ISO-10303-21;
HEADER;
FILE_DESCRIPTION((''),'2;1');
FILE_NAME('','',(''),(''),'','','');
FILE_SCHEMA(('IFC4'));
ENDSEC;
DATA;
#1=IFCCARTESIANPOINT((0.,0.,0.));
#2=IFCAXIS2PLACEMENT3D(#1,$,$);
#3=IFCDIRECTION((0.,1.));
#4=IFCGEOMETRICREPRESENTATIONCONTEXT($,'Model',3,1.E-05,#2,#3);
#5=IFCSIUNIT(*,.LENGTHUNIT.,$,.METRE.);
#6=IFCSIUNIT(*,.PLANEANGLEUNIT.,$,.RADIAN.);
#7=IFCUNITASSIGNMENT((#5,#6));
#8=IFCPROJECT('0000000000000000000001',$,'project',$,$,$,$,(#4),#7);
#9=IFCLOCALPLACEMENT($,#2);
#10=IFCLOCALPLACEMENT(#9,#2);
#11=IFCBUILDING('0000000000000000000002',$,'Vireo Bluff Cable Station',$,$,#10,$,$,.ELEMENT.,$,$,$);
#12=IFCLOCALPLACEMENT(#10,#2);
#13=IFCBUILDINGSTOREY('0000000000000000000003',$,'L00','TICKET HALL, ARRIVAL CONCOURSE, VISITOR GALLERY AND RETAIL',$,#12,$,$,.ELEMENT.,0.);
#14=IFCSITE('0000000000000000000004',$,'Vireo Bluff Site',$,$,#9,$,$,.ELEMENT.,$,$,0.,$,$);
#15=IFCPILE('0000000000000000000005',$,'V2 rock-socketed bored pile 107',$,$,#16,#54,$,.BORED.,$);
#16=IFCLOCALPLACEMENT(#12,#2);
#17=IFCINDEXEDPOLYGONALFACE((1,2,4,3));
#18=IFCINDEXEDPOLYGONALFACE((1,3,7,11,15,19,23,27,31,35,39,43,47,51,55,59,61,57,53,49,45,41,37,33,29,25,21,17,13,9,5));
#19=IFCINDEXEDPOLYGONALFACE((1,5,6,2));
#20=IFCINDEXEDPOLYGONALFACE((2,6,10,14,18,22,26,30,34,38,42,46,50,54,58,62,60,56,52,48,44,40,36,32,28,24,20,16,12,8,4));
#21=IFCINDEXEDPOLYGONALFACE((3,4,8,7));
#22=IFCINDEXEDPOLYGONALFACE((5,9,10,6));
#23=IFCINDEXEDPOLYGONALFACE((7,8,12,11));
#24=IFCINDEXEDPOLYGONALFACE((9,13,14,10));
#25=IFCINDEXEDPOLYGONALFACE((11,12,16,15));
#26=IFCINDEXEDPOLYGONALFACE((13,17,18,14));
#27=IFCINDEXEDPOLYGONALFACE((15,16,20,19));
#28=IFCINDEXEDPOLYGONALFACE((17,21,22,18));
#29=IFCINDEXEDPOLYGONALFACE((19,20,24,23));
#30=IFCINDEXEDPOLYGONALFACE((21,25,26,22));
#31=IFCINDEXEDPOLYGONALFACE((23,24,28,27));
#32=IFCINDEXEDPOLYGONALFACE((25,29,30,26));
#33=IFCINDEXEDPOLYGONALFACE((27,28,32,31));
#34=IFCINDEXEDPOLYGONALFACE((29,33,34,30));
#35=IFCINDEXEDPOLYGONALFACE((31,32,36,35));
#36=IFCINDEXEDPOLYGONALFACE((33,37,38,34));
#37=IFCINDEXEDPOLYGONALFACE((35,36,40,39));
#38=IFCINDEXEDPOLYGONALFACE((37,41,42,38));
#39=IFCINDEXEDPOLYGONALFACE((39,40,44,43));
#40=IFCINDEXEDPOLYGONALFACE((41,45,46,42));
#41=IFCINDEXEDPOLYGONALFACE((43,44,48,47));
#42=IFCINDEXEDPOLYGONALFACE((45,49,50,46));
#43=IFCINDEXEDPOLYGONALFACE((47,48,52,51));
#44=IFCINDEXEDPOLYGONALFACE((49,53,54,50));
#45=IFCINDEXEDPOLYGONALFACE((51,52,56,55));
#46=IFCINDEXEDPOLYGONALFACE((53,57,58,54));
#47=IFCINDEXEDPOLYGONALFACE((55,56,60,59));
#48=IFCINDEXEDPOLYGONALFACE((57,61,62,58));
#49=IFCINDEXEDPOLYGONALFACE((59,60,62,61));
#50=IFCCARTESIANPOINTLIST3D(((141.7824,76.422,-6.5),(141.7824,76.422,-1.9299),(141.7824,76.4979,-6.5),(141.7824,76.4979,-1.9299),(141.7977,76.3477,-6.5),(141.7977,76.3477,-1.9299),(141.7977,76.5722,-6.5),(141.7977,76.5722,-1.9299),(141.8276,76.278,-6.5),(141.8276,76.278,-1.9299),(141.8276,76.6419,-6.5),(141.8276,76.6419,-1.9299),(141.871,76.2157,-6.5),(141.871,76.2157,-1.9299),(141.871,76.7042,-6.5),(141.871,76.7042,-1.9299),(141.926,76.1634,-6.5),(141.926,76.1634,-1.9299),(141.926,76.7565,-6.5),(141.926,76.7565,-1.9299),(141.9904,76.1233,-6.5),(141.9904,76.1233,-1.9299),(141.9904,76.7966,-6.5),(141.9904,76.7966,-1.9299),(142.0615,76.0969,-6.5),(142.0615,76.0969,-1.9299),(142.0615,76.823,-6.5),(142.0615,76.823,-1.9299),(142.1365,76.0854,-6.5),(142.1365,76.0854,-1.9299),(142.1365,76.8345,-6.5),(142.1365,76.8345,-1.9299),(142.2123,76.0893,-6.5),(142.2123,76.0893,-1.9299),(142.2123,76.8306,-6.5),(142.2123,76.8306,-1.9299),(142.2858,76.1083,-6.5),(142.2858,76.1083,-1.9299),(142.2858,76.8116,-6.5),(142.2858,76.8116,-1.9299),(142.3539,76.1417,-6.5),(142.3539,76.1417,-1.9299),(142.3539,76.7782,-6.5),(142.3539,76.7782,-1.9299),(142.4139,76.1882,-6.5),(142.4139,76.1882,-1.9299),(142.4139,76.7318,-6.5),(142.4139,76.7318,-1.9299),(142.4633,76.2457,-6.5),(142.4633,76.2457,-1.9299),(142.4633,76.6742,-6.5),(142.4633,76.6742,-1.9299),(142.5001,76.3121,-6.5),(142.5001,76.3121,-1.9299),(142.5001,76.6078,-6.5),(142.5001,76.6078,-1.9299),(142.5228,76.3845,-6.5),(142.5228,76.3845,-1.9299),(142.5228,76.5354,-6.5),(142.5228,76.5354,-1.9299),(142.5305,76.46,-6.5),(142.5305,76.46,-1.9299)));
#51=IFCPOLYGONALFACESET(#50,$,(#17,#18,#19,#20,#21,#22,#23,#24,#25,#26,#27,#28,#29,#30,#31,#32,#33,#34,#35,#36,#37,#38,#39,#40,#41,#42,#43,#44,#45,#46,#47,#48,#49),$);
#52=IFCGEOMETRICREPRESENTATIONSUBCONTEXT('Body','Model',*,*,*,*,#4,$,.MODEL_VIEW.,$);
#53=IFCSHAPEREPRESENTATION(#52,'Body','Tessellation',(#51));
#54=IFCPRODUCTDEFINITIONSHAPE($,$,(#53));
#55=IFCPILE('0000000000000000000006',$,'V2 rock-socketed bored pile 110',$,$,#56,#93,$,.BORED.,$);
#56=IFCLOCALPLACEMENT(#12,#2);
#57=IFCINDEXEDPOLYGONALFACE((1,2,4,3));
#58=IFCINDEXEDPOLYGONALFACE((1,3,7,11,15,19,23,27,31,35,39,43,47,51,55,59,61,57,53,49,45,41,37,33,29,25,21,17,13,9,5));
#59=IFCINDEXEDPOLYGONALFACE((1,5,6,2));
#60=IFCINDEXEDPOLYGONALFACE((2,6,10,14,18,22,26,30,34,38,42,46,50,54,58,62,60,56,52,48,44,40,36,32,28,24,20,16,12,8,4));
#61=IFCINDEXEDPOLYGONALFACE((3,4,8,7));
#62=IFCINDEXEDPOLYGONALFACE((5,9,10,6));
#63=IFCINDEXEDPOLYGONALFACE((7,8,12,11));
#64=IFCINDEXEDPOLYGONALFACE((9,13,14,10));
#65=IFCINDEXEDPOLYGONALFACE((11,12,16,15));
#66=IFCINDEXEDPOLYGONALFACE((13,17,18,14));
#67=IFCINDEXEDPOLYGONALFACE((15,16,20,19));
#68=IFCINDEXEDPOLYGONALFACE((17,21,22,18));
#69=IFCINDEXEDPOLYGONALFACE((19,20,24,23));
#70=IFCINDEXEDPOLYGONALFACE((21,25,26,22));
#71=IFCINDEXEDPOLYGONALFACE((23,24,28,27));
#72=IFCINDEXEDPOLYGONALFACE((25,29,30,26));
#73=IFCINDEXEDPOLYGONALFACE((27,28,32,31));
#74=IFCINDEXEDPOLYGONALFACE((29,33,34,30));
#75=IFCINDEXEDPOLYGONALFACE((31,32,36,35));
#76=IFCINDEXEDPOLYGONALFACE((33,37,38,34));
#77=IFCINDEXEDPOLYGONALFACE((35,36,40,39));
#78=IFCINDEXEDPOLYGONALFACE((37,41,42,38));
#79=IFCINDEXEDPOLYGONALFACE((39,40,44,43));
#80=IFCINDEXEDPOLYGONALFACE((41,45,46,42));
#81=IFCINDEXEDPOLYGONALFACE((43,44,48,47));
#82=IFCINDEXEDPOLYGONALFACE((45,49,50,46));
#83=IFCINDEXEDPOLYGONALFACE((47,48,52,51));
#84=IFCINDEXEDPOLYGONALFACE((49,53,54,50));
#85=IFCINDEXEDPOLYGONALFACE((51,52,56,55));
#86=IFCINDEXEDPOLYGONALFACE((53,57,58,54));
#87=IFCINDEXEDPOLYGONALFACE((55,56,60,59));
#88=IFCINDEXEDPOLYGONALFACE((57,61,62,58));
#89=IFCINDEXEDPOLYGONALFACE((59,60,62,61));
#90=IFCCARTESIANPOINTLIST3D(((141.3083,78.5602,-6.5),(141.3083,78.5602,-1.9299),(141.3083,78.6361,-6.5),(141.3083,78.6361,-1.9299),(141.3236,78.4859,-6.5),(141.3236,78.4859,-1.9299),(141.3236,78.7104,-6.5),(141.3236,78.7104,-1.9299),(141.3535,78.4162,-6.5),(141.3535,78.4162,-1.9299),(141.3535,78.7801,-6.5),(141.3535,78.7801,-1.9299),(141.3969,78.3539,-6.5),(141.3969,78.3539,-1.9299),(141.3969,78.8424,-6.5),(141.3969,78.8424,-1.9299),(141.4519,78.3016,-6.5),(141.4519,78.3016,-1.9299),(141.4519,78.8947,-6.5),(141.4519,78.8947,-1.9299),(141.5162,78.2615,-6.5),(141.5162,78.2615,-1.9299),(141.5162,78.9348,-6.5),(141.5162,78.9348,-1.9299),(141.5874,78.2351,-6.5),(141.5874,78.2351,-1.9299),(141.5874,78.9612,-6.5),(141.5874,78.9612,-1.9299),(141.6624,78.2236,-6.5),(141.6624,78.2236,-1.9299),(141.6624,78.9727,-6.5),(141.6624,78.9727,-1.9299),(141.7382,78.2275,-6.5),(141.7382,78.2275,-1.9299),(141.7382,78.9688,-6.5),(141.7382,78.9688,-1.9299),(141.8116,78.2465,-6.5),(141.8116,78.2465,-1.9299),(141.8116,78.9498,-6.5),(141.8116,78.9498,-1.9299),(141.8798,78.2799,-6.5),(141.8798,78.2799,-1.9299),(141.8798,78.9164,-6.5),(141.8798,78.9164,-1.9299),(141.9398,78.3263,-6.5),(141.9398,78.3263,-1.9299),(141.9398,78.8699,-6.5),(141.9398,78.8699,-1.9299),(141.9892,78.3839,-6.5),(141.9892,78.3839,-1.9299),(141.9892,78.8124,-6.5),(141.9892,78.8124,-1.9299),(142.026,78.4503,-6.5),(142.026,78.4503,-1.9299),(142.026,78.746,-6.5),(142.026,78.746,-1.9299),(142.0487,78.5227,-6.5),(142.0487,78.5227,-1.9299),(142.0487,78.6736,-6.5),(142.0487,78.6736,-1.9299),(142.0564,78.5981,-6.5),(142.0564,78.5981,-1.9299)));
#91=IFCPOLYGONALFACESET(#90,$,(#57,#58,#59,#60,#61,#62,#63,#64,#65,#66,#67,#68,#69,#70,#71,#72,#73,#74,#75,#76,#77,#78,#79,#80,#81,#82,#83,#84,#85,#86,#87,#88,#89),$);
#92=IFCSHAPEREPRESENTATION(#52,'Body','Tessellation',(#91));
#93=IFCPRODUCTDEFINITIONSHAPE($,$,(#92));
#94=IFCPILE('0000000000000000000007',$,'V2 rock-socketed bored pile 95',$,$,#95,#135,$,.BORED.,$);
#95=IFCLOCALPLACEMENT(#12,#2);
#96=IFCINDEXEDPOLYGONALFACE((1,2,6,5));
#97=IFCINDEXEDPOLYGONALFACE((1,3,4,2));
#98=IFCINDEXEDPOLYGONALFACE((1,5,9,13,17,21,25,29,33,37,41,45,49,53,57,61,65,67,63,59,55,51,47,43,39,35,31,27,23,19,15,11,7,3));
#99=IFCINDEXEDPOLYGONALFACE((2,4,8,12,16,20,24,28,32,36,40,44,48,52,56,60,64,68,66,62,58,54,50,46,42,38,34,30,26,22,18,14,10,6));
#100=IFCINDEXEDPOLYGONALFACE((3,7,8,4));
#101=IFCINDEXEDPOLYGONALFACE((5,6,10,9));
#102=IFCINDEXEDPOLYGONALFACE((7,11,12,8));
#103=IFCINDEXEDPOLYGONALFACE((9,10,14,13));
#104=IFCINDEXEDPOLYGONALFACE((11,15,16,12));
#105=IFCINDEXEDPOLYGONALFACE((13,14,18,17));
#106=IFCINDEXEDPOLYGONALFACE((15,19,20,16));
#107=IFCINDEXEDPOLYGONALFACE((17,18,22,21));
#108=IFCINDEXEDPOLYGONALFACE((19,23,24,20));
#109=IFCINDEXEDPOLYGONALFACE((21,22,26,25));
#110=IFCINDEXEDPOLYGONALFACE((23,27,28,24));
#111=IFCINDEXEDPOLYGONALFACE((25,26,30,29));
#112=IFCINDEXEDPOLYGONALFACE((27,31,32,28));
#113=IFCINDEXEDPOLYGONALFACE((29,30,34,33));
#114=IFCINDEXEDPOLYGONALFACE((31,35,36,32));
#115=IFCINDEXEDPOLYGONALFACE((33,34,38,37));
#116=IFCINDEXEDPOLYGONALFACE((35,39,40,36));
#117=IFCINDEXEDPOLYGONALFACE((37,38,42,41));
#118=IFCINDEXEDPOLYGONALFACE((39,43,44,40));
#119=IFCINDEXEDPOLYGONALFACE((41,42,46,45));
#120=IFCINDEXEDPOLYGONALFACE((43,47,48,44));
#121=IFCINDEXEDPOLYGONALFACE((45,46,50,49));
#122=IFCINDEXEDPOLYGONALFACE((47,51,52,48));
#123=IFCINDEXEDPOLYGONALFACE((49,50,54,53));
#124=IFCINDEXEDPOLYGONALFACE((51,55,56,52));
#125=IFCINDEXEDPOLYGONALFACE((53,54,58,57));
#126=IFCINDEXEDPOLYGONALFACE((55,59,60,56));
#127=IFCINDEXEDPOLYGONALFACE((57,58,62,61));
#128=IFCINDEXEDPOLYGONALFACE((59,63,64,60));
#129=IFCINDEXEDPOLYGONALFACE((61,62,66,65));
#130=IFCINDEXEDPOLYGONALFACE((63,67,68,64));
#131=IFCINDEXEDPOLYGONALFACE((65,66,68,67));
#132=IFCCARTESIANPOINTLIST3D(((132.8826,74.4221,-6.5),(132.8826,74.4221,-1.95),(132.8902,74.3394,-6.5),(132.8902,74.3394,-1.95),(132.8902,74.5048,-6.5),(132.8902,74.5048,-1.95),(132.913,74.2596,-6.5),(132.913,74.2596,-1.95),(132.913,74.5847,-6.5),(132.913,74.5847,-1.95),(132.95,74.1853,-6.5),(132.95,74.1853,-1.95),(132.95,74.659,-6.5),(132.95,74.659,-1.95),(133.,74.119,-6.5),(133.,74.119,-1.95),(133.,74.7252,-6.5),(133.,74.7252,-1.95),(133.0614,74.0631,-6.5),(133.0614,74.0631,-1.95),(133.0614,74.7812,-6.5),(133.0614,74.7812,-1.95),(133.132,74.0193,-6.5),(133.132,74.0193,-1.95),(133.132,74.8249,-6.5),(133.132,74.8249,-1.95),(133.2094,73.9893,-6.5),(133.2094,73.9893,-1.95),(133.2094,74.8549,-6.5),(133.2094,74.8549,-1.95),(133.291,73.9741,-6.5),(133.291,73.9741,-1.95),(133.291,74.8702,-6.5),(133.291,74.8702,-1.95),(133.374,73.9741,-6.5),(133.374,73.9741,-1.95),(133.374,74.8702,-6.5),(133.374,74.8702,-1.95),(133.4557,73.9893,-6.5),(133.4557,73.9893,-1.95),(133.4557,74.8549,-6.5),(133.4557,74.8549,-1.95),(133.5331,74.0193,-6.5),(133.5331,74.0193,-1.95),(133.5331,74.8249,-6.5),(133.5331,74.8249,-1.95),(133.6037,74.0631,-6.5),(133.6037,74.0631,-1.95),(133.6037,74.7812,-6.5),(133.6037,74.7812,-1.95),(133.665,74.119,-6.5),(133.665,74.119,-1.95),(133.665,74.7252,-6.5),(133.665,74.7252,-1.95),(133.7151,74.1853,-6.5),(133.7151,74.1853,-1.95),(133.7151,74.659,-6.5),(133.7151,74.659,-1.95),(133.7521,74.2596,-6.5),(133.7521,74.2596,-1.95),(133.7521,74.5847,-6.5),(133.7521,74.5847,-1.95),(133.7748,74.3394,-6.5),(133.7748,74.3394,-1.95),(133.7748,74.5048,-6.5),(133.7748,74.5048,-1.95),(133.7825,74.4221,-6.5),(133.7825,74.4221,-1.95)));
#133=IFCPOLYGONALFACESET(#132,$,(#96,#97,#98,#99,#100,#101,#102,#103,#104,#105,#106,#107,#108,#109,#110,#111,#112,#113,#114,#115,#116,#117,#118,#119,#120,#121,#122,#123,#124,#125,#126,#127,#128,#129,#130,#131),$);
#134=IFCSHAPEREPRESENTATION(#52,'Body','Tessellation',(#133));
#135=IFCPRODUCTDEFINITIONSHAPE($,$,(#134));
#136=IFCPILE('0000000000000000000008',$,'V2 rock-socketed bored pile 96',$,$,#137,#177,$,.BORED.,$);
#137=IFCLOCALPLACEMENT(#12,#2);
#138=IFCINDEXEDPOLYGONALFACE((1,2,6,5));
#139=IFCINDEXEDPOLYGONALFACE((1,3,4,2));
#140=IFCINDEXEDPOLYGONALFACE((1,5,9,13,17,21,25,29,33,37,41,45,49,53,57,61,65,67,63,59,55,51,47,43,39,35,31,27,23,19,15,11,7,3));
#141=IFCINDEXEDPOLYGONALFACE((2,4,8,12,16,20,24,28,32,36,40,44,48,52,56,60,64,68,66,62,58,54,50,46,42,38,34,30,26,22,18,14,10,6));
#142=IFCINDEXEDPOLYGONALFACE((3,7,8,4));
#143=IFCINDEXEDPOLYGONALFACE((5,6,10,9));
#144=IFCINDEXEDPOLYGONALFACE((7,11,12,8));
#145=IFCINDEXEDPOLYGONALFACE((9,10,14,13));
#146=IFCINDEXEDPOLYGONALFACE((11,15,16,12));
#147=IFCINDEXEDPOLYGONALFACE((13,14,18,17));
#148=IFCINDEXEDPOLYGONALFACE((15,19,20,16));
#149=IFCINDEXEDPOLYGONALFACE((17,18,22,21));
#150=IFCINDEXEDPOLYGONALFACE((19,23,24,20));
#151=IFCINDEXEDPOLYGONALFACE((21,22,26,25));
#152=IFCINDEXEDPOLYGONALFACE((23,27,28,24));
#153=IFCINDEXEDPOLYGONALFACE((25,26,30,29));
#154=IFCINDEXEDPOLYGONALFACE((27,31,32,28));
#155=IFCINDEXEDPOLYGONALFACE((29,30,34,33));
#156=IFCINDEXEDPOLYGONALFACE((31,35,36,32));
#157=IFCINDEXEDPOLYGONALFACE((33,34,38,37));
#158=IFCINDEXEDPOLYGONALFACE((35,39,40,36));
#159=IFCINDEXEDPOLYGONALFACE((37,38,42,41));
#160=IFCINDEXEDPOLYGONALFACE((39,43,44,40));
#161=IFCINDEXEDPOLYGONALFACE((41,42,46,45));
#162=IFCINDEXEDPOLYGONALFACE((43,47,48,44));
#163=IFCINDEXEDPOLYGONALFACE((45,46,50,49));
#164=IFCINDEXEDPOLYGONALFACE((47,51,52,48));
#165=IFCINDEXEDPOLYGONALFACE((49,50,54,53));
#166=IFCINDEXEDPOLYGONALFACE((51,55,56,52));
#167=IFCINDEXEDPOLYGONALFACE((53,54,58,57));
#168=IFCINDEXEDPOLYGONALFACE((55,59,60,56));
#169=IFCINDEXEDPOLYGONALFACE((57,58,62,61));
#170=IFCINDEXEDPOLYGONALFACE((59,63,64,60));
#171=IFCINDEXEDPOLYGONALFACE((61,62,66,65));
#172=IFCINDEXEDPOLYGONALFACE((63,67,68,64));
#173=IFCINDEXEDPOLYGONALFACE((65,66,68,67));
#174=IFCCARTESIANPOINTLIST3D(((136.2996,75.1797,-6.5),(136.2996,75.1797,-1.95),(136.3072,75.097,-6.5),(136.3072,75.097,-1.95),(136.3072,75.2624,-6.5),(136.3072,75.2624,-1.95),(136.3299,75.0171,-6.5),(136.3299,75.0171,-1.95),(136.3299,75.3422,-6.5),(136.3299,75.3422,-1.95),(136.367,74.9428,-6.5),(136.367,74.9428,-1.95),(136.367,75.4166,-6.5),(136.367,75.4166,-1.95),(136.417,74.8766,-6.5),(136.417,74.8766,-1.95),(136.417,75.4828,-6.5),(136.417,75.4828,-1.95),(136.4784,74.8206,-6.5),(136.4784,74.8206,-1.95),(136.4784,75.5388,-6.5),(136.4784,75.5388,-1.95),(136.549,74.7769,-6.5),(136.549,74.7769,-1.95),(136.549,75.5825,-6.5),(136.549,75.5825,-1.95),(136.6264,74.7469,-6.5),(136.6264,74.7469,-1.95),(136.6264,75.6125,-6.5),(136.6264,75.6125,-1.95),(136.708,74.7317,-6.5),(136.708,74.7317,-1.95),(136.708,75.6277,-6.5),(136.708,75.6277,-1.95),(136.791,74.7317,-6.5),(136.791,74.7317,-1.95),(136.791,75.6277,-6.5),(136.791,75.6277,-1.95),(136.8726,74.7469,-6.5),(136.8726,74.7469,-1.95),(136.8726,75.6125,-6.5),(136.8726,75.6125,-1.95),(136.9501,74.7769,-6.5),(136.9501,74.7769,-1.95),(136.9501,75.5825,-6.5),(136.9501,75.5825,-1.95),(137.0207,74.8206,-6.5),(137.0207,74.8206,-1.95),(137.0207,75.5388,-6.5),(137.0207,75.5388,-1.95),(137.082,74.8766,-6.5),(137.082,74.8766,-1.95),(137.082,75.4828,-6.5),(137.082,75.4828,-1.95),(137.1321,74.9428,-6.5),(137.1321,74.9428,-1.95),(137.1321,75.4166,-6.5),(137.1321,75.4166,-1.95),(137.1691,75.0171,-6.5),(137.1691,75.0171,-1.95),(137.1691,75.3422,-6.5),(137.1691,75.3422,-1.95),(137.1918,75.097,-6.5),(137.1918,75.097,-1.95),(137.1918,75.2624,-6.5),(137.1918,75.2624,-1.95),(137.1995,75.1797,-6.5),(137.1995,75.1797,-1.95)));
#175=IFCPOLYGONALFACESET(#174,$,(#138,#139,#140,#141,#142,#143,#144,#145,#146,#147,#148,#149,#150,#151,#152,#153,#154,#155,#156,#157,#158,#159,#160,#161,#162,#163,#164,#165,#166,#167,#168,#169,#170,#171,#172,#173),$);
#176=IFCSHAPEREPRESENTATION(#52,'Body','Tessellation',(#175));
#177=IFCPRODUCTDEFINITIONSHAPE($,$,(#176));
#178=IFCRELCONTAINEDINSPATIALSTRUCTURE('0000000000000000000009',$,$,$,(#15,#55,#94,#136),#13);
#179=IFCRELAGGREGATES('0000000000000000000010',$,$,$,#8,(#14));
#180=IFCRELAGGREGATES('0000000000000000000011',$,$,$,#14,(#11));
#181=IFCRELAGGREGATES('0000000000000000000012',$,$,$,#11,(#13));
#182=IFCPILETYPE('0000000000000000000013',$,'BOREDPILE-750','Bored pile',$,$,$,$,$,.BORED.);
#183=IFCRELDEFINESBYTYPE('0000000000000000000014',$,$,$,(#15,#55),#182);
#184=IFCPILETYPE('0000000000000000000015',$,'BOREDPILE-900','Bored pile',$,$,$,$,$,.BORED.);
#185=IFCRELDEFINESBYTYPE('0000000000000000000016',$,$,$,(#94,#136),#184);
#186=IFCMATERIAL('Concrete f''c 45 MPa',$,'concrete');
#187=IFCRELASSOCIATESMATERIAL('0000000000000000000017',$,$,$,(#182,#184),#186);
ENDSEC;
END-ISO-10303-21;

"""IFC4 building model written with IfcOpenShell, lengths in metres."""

from ifc_helpers import new_model, si_unit, direction, frame, origin, origin_2d, place, context, subcontext, project, spatial, circle, extrude, material, material_profile, profile_set, type_object, element, save


model = new_model("IFC4")

# Units and contexts
model_context = context("Model", 3, precision=1e-05, world=origin(), true_north=direction((0.0, 1.0)))
body_context = subcontext(model_context, "Body", "Model", "MODEL_VIEW")
ifc_project = project(units=[si_unit("LENGTHUNIT", "METRE"), si_unit("PLANEANGLEUNIT", "RADIAN")], contexts=[model_context])

# Site, building, storey
site_placement = place(None, origin())
site = spatial("IfcSite", under=ifc_project, at=site_placement, Name="Vireo Bluff Site", CompositionType="ELEMENT", RefElevation=0.0)
building_placement = place(site_placement, origin())
building = spatial("IfcBuilding", under=site, at=building_placement, Name="Vireo Bluff Cable Station", CompositionType="ELEMENT")
storey_placement = place(building_placement, origin())
storey = spatial("IfcBuildingStorey", under=building, at=storey_placement, Name="L00", Description="TICKET HALL, ARRIVAL CONCOURSE, VISITOR GALLERY AND RETAIL", CompositionType="ELEMENT", Elevation=0.0)

# Piles
ifc_material_1 = material(Name="Concrete f'c 45 MPa", Category="concrete")
ifc_material_profile_1 = material_profile(ifc_material_1, circle(Radius=0.375, at=origin_2d()), Name="BOREDPILE-750")
ifc_profile_set_1 = profile_set([ifc_material_profile_1], Name="Concrete f'c 45 MPa")
pile_type_1 = type_object("IfcPileType", Name="BOREDPILE-750", Description="Bored pile", PredefinedType="BORED", material=ifc_profile_set_1)
for number, where, z_axis, x_axis, name in (
    (1, (142.1555, 76.46, -1.9299), (0.0, 0.0, -1.0), (1.0, 0.0, 0.0), "V2 rock-socketed bored pile 107"),
    (2, (141.6814, 78.5981, -1.9299), (0.0, 0.0, -1.0), (1.0, 0.0, 0.0), "V2 rock-socketed bored pile 110"),
):
    element("IfcPile", number, at=place(storey_placement, frame(where, z_axis=z_axis, x_axis=x_axis)), inside=storey, type_object=pile_type_1, Name=name, PredefinedType="BORED", context=body_context, shape_type="SweptSolid", body=[
        extrude(circle(Radius=0.375, at=origin_2d()), origin(), (0.0, 0.0, 1.0), 4.5701),
    ])
ifc_material_profile_2 = material_profile(ifc_material_1, circle(Radius=0.45, at=origin_2d()), Name="BOREDPILE-900")
ifc_profile_set_2 = profile_set([ifc_material_profile_2], Name="Concrete f'c 45 MPa")
pile_type_2 = type_object("IfcPileType", Name="BOREDPILE-900", Description="Bored pile", PredefinedType="BORED", material=ifc_profile_set_2)
for number, where, z_axis, x_axis, name in (
    (3, (133.3325, 74.4221, -1.95), (0.0, 0.0, -1.0), (1.0, 0.0, 0.0), "V2 rock-socketed bored pile 95"),
    (4, (136.7495, 75.1797, -1.95), (0.0, 0.0, -1.0), (1.0, 0.0, 0.0), "V2 rock-socketed bored pile 96"),
):
    element("IfcPile", number, at=place(storey_placement, frame(where, z_axis=z_axis, x_axis=x_axis)), inside=storey, type_object=pile_type_2, Name=name, PredefinedType="BORED", context=body_context, shape_type="SweptSolid", body=[
        extrude(circle(Radius=0.45, at=origin_2d()), origin(), (0.0, 0.0, 1.0), 4.55),
    ])

save(model, "model.ifc")
